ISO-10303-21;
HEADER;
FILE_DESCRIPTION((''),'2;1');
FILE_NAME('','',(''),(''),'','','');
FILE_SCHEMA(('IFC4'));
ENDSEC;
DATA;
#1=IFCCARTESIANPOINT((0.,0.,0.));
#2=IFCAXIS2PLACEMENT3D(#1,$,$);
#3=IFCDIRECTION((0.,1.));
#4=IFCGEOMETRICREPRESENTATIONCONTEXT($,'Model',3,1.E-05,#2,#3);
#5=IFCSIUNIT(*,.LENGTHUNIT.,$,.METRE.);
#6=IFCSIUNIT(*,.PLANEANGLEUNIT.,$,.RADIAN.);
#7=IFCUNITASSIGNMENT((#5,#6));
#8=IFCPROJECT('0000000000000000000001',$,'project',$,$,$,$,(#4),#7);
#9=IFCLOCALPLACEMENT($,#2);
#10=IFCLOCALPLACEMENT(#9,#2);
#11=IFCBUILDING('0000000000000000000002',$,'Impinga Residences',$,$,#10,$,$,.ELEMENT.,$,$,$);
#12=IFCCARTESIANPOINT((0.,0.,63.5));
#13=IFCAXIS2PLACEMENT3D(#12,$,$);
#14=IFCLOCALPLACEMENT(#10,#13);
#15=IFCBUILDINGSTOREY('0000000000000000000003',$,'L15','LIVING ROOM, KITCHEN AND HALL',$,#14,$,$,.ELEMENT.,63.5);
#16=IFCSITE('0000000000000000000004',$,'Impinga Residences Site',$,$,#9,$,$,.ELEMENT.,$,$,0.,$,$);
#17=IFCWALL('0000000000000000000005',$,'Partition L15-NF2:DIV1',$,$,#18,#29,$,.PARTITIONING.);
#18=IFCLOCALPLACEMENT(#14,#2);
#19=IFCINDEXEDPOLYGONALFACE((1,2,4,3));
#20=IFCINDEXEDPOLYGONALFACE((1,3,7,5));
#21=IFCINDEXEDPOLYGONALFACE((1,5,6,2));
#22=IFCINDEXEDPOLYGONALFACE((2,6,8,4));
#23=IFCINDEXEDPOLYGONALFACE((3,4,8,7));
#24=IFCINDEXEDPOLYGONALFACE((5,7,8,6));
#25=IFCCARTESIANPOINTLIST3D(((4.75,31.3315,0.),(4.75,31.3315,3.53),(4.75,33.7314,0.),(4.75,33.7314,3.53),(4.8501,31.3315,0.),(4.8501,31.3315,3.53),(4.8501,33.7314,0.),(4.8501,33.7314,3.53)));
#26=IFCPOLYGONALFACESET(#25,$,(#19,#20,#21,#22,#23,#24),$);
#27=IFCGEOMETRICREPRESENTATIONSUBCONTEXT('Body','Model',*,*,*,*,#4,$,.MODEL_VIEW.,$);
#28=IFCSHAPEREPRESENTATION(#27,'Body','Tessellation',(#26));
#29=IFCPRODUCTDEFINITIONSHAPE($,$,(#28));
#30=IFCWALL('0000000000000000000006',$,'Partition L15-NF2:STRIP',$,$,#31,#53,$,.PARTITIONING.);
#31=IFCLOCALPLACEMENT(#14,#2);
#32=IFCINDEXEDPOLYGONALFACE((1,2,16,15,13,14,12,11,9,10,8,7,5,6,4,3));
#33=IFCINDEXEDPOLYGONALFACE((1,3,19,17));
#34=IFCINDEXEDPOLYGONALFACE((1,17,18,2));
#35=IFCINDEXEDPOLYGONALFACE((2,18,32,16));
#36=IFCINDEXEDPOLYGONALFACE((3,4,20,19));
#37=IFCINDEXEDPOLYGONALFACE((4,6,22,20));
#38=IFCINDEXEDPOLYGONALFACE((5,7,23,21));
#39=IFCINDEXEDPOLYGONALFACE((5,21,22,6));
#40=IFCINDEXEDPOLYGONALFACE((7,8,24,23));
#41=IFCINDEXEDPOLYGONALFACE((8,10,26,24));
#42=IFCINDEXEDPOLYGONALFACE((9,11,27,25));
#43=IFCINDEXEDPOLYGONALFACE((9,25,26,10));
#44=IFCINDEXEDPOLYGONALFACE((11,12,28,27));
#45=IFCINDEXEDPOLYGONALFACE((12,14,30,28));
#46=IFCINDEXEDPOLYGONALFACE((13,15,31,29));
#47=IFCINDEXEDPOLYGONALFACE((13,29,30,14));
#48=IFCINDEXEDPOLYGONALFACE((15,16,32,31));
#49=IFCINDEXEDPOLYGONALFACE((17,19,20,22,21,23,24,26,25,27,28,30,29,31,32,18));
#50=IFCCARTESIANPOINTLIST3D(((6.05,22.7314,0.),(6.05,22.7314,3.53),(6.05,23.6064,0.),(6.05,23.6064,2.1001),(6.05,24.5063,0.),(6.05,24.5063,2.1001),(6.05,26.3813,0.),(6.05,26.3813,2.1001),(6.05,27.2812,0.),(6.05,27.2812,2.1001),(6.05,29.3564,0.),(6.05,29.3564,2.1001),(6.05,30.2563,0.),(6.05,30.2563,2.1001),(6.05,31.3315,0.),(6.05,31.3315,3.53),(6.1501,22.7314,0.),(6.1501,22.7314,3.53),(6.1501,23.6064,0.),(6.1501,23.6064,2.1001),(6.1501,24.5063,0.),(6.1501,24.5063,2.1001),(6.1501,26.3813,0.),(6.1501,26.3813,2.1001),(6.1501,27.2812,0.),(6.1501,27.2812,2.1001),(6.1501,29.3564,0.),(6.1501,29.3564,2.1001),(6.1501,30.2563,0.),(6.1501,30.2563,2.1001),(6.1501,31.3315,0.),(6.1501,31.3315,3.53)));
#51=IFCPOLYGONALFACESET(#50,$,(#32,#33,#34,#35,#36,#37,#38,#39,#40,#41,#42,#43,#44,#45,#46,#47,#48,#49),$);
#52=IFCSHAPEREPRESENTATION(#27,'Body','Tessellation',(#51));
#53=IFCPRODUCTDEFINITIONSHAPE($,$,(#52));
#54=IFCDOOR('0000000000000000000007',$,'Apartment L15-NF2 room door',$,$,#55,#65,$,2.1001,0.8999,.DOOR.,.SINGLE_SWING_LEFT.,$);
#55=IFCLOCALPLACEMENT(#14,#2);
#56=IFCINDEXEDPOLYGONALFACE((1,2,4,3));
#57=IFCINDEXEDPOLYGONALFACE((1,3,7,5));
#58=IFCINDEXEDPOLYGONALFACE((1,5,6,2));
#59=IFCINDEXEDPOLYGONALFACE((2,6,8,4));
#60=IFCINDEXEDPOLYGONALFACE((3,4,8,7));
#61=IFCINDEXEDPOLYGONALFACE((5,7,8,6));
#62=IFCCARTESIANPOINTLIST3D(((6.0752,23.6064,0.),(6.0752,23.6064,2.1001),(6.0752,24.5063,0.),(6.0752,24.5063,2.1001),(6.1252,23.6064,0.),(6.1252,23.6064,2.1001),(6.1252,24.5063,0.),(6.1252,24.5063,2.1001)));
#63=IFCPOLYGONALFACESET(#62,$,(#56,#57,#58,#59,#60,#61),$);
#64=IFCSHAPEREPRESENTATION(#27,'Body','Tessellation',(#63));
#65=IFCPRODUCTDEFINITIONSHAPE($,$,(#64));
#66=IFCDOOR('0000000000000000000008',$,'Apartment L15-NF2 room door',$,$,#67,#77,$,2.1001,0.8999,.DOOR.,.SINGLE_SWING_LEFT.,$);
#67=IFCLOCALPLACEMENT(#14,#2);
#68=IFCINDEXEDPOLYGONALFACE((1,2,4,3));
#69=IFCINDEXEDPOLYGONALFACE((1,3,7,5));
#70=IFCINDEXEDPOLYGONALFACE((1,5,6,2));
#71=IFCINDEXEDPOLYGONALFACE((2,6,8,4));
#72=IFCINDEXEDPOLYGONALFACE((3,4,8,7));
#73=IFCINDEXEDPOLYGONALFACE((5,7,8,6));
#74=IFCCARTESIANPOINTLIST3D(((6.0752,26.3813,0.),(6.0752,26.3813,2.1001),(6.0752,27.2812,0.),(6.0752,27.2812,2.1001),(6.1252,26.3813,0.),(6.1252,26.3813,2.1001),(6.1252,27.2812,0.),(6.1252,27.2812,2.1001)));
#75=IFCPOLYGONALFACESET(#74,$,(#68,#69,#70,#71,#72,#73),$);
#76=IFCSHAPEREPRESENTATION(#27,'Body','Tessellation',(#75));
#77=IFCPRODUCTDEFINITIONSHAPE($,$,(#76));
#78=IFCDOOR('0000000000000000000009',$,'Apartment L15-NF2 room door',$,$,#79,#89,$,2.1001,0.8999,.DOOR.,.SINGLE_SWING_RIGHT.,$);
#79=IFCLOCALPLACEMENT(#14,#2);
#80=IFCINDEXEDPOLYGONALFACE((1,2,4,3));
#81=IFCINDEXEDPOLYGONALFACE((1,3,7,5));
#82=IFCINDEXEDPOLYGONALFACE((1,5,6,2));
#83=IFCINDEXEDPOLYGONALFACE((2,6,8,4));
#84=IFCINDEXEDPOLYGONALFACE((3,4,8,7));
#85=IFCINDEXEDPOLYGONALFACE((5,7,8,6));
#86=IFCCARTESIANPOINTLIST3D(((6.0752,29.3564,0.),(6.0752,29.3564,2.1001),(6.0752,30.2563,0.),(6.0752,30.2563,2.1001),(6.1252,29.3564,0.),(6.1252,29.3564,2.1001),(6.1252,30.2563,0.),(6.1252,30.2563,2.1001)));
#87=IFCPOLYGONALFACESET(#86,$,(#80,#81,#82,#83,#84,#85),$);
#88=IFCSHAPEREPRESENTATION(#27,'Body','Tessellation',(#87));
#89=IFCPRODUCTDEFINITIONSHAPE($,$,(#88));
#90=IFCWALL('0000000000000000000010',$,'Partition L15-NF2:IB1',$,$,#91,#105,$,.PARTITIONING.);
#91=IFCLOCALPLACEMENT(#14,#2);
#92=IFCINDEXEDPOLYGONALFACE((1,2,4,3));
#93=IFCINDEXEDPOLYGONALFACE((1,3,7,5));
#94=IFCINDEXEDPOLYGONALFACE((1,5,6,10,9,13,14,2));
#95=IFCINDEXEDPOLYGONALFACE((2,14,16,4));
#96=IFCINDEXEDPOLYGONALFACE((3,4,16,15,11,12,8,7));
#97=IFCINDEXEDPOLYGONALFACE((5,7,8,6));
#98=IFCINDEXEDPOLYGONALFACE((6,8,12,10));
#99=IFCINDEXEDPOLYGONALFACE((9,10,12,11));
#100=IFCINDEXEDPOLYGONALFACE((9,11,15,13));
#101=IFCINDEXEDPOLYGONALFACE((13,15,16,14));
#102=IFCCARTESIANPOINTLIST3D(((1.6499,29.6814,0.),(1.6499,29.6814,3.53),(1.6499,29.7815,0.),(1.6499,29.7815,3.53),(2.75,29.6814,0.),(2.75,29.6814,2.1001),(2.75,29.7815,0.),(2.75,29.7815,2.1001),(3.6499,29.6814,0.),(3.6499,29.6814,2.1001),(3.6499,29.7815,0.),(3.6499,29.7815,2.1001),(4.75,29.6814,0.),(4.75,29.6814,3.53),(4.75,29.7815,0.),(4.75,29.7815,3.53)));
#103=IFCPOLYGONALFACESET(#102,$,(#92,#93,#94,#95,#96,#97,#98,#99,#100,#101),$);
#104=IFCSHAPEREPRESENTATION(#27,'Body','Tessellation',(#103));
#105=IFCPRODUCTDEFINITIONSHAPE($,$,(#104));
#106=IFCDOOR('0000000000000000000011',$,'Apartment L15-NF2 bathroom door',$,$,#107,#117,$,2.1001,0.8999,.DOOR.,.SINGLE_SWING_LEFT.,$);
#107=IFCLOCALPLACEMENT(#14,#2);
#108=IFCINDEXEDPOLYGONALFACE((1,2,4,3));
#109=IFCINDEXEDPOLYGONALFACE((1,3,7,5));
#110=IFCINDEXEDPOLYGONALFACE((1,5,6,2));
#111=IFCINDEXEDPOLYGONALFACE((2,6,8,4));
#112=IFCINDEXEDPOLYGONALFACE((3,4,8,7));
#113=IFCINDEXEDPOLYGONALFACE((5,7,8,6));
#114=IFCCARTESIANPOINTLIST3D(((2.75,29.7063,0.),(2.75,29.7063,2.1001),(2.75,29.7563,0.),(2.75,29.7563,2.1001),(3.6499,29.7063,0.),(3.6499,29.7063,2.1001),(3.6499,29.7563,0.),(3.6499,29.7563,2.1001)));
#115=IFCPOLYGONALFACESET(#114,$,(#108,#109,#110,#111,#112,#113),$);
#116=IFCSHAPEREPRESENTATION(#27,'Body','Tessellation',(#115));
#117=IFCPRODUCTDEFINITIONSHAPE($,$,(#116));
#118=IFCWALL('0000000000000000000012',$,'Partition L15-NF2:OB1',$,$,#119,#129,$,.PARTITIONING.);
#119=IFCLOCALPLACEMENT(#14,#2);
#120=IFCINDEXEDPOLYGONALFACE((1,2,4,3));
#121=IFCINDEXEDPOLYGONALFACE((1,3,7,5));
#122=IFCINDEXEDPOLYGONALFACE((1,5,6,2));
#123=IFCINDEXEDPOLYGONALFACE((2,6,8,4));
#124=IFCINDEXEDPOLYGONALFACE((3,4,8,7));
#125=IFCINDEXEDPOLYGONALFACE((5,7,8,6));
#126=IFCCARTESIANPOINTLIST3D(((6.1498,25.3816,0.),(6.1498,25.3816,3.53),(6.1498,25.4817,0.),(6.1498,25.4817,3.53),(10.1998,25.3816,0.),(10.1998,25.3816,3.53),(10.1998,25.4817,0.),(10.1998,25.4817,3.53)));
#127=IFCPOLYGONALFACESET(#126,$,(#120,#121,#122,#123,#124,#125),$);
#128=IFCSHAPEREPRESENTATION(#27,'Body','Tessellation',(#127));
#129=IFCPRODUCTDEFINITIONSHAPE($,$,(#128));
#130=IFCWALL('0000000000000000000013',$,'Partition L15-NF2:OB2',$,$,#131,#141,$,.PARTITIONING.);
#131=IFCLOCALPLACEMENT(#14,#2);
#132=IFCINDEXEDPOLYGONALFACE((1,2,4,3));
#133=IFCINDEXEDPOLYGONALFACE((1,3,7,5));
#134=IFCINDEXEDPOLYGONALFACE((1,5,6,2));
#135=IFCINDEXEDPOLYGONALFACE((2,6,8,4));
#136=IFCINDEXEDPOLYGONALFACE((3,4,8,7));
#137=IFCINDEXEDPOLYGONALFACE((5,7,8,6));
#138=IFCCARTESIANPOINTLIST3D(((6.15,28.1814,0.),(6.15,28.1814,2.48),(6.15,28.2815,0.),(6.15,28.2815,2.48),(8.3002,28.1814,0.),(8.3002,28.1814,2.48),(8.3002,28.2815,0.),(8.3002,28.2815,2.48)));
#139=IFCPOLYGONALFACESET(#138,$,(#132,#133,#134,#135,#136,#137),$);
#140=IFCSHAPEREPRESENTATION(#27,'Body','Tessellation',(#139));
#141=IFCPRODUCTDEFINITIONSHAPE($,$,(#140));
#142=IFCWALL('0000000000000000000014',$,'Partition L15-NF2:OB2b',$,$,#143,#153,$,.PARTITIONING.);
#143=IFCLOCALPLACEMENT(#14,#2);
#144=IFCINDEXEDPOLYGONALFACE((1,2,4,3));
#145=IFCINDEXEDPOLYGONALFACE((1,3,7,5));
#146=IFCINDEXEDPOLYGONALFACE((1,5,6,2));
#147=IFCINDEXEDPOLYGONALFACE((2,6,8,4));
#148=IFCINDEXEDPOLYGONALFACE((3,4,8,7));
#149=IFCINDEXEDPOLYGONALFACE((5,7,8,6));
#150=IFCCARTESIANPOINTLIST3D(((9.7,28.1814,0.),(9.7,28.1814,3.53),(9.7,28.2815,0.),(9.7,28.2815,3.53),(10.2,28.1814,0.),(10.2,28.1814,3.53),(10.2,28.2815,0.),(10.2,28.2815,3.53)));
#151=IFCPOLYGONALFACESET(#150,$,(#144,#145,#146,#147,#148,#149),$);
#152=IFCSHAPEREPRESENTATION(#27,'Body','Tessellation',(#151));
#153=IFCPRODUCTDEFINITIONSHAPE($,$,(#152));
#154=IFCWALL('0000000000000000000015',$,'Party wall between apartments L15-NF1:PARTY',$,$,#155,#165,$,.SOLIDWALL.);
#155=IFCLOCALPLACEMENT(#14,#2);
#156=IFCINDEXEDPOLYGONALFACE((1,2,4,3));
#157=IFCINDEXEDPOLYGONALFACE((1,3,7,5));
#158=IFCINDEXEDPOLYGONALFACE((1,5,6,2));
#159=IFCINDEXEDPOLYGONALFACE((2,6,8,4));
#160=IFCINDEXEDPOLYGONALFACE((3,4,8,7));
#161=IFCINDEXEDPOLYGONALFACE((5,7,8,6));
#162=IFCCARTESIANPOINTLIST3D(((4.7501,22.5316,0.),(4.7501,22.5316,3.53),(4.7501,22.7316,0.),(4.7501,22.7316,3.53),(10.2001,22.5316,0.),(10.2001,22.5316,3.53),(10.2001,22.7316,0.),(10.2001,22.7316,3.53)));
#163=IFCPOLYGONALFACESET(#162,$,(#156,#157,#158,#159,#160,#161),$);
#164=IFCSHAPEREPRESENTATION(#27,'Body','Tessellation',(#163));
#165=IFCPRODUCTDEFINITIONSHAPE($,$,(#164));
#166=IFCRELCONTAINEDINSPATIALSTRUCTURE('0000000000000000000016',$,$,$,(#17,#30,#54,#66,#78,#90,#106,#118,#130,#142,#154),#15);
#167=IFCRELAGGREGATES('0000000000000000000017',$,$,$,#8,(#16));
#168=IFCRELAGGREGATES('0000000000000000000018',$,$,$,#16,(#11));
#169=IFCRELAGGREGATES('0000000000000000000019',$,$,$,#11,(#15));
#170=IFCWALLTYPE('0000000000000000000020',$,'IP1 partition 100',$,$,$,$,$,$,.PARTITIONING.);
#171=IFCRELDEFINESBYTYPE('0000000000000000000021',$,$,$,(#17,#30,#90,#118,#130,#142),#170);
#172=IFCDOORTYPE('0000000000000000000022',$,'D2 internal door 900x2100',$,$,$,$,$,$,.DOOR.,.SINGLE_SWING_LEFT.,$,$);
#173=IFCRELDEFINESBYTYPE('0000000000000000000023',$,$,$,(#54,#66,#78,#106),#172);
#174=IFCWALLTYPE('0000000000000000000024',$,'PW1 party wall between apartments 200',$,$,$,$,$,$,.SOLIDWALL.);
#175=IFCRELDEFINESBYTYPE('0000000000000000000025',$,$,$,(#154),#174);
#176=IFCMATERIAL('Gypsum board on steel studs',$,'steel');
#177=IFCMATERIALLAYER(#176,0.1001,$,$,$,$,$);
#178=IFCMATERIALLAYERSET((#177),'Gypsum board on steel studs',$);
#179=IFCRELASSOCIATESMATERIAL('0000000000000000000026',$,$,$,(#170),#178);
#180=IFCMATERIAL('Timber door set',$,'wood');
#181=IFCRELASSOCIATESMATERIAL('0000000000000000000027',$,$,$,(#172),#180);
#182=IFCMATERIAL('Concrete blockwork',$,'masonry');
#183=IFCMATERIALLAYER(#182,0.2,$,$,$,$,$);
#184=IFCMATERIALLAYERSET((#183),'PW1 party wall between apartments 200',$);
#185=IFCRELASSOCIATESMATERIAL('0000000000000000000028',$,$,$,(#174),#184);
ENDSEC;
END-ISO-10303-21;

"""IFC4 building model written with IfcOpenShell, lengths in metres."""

from ifc_helpers import new_model, si_unit, direction, frame, frame_2d, origin, place, context, subcontext, project, spatial, rectangle, extrude, material, layer, layer_set, type_object, element, fill, save


model = new_model("IFC4")

# Units and contexts
model_context = context("Model", 3, precision=1e-05, world=origin(), true_north=direction((0.0, 1.0)))
body_context = subcontext(model_context, "Body", "Model", "MODEL_VIEW")
ifc_project = project(units=[si_unit("LENGTHUNIT", "METRE"), si_unit("PLANEANGLEUNIT", "RADIAN")], contexts=[model_context])

# Site, building, storey
site_placement = place(None, origin())
site = spatial("IfcSite", under=ifc_project, at=site_placement, Name="Impinga Residences Site", CompositionType="ELEMENT", RefElevation=0.0)
building_placement = place(site_placement, origin())
building = spatial("IfcBuilding", under=site, at=building_placement, Name="Impinga Residences", CompositionType="ELEMENT")
storey_placement = place(building_placement, frame((0.0, 0.0, 63.5)))
storey = spatial("IfcBuildingStorey", under=building, at=storey_placement, Name="L15", Description="LIVING ROOM, KITCHEN AND HALL", CompositionType="ELEMENT", Elevation=63.5)

# Shared definitions
ifc_material_1 = material(Name="Gypsum board on steel studs", Category="steel")
ifc_layer_1 = layer(ifc_material_1, 0.1001)
ifc_layer_set_1 = layer_set([ifc_layer_1], Name="Gypsum board on steel studs")
wall_type_1 = type_object("IfcWallType", Name="IP1 partition 100", PredefinedType="PARTITIONING", material=ifc_layer_set_1)

# Shared definitions
ifc_material_2 = material(Name="Timber door set", Category="wood")
door_type = type_object("IfcDoorType", Name="D2 internal door 900x2100", OperationType="SINGLE_SWING_LEFT", PredefinedType="DOOR", material=ifc_material_2)

# Wall
wall_1_placement = place(storey_placement, frame((4.8, 31.3315, 0.0), z_axis=(0.0, 0.0, 1.0), x_axis=(0.0, 1.0, 0.0)))
element("IfcWall", 1, at=wall_1_placement, inside=storey, type_object=wall_type_1, Name="Partition L15-NF2:DIV1", PredefinedType="PARTITIONING", context=body_context, shape_type="SweptSolid", body=[
    extrude(rectangle(XDim=2.3999, YDim=0.1001, at=frame_2d((1.2, 0.0))), origin(), (0.0, 0.0, 1.0), 3.53),
])

# Wall, openings, doors
wall_2_placement = place(storey_placement, frame((6.1001, 22.7314, 0.0), z_axis=(0.0, 0.0, 1.0), x_axis=(0.0, 1.0, 0.0)))
wall_2 = element("IfcWall", 2, at=wall_2_placement, inside=storey, type_object=wall_type_1, Name="Partition L15-NF2:STRIP", PredefinedType="PARTITIONING", context=body_context, shape_type="SweptSolid", body=[
    extrude(rectangle(XDim=8.6001, YDim=0.1001, at=frame_2d((4.3, 0.0))), origin(), (0.0, 0.0, 1.0), 3.53),
])
opening_1_placement = place(wall_2_placement, frame((0.875, 0.0, 0.0)))
opening_1 = element("IfcOpeningElement", 3, at=opening_1_placement, cuts=wall_2, PredefinedType="OPENING", context=body_context, shape_type="SweptSolid", body=[
    extrude(rectangle(XDim=0.8999, YDim=2.1001, at=frame_2d((0.45, 1.05))), frame((0.0, 0.0601, 0.0), z_axis=(0.0, -1.0, 0.0), x_axis=(1.0, 0.0, 0.0)), (0.0, 0.0, 1.0), 0.1201),
])
opening_2_placement = place(wall_2_placement, frame((3.6499, 0.0, 0.0)))
opening_2 = element("IfcOpeningElement", 4, at=opening_2_placement, cuts=wall_2, PredefinedType="OPENING", context=body_context, shape_type="SweptSolid", body=[
    extrude(rectangle(XDim=0.8999, YDim=2.1001, at=frame_2d((0.45, 1.05))), frame((0.0, 0.0601, 0.0), z_axis=(0.0, -1.0, 0.0), x_axis=(1.0, 0.0, 0.0)), (0.0, 0.0, 1.0), 0.1201),
])
opening_3_placement = place(wall_2_placement, frame((6.625, 0.0, 0.0)))
opening_3 = element("IfcOpeningElement", 5, at=opening_3_placement, cuts=wall_2, PredefinedType="OPENING", context=body_context, shape_type="SweptSolid", body=[
    extrude(rectangle(XDim=0.8999, YDim=2.1001, at=frame_2d((0.45, 1.05))), frame((0.0, 0.0601, 0.0), z_axis=(0.0, -1.0, 0.0), x_axis=(1.0, 0.0, 0.0)), (0.0, 0.0, 1.0), 0.1201),
])
door_1_placement = place(opening_1_placement, origin())
door_1 = element("IfcDoor", 6, at=door_1_placement, inside=storey, type_object=door_type, Name="Apartment L15-NF2 room door", OperationType="SINGLE_SWING_LEFT", OverallHeight=2.1001, OverallWidth=0.8999, PredefinedType="DOOR", context=body_context, shape_type="SweptSolid", body=[
    extrude(rectangle(XDim=0.8999, YDim=2.1001, at=frame_2d((0.45, 1.05))), frame((0.0, 0.0249, 0.0), z_axis=(0.0, -1.0, 0.0), x_axis=(1.0, 0.0, 0.0)), (0.0, 0.0, 1.0), 0.05),
])
fill(opening_1, door_1)
door_2_placement = place(opening_2_placement, origin())
door_2 = element("IfcDoor", 7, at=door_2_placement, inside=storey, type_object=door_type, Name="Apartment L15-NF2 room door", OperationType="SINGLE_SWING_LEFT", OverallHeight=2.1001, OverallWidth=0.8999, PredefinedType="DOOR", context=body_context, shape_type="SweptSolid", body=[
    extrude(rectangle(XDim=0.8999, YDim=2.1001, at=frame_2d((0.45, 1.05))), frame((0.0, 0.0249, 0.0), z_axis=(0.0, -1.0, 0.0), x_axis=(1.0, 0.0, 0.0)), (0.0, 0.0, 1.0), 0.05),
])
fill(opening_2, door_2)
door_3_placement = place(opening_3_placement, origin())
door_3 = element("IfcDoor", 8, at=door_3_placement, inside=storey, type_object=door_type, Name="Apartment L15-NF2 room door", OperationType="SINGLE_SWING_RIGHT", OverallHeight=2.1001, OverallWidth=0.8999, PredefinedType="DOOR", context=body_context, shape_type="SweptSolid", body=[
    extrude(rectangle(XDim=0.8999, YDim=2.1001, at=frame_2d((0.45, 1.05))), frame((0.0, 0.0249, 0.0), z_axis=(0.0, -1.0, 0.0), x_axis=(1.0, 0.0, 0.0)), (0.0, 0.0, 1.0), 0.05),
])
fill(opening_3, door_3)

# Wall, opening, door
wall_3_placement = place(storey_placement, frame((1.6499, 29.7314, 0.0), z_axis=(0.0, 0.0, 1.0), x_axis=(1.0, 0.0, 0.0)))
wall_3 = element("IfcWall", 9, at=wall_3_placement, inside=storey, type_object=wall_type_1, Name="Partition L15-NF2:IB1", PredefinedType="PARTITIONING", context=body_context, shape_type="SweptSolid", body=[
    extrude(rectangle(XDim=3.1001, YDim=0.1001, at=frame_2d((1.55, 0.0))), origin(), (0.0, 0.0, 1.0), 3.53),
])
opening_4_placement = place(wall_3_placement, frame((1.1001, 0.0, 0.0)))
opening_4 = element("IfcOpeningElement", 10, at=opening_4_placement, cuts=wall_3, PredefinedType="OPENING", context=body_context, shape_type="SweptSolid", body=[
    extrude(rectangle(XDim=0.8999, YDim=2.1001, at=frame_2d((0.45, 1.05))), frame((0.0, 0.0601, 0.0), z_axis=(0.0, -1.0, 0.0), x_axis=(1.0, 0.0, 0.0)), (0.0, 0.0, 1.0), 0.1201),
])
door_4_placement = place(opening_4_placement, origin())
door_4 = element("IfcDoor", 11, at=door_4_placement, inside=storey, type_object=door_type, Name="Apartment L15-NF2 bathroom door", OperationType="SINGLE_SWING_LEFT", OverallHeight=2.1001, OverallWidth=0.8999, PredefinedType="DOOR", context=body_context, shape_type="SweptSolid", body=[
    extrude(rectangle(XDim=0.8999, YDim=2.1001, at=frame_2d((0.45, 1.05))), frame((0.0, 0.0249, 0.0), z_axis=(0.0, -1.0, 0.0), x_axis=(1.0, 0.0, 0.0)), (0.0, 0.0, 1.0), 0.05),
])
fill(opening_4, door_4)

# Walls
wall_4_placement = place(storey_placement, frame((6.1499, 25.4316, 0.0), z_axis=(0.0, 0.0, 1.0), x_axis=(1.0, 0.0, 0.0)))
element("IfcWall", 12, at=wall_4_placement, inside=storey, type_object=wall_type_1, Name="Partition L15-NF2:OB1", PredefinedType="PARTITIONING", context=body_context, shape_type="SweptSolid", body=[
    extrude(rectangle(XDim=4.05, YDim=0.1001, at=frame_2d((2.0249, 0.0))), origin(), (0.0, 0.0, 1.0), 3.53),
])
wall_5_placement = place(storey_placement, frame((6.1499, 28.2314, 0.0), z_axis=(0.0, 0.0, 1.0), x_axis=(1.0, 0.0, 0.0)))
element("IfcWall", 13, at=wall_5_placement, inside=storey, type_object=wall_type_1, Name="Partition L15-NF2:OB2", PredefinedType="PARTITIONING", context=body_context, shape_type="SweptSolid", body=[
    extrude(rectangle(XDim=2.1501, YDim=0.1001, at=frame_2d((1.0752, 0.0))), origin(), (0.0, 0.0, 1.0), 2.48),
])
wall_6_placement = place(storey_placement, frame((9.7, 28.2314, 0.0), z_axis=(0.0, 0.0, 1.0), x_axis=(1.0, 0.0, 0.0)))
element("IfcWall", 14, at=wall_6_placement, inside=storey, type_object=wall_type_1, Name="Partition L15-NF2:OB2b", PredefinedType="PARTITIONING", context=body_context, shape_type="SweptSolid", body=[
    extrude(rectangle(XDim=0.5, YDim=0.1001, at=frame_2d((0.25, 0.0))), origin(), (0.0, 0.0, 1.0), 3.53),
])
ifc_material_3 = material(Name="Concrete blockwork", Category="masonry")
ifc_layer_2 = layer(ifc_material_3, 0.2)
ifc_layer_set_2 = layer_set([ifc_layer_2], Name="PW1 party wall between apartments 200")
wall_type_2 = type_object("IfcWallType", Name="PW1 party wall between apartments 200", PredefinedType="SOLIDWALL", material=ifc_layer_set_2)
wall_7_placement = place(storey_placement, frame((4.75, 22.6316, 0.0), z_axis=(0.0, 0.0, 1.0), x_axis=(1.0, 0.0, 0.0)))
element("IfcWall", 15, at=wall_7_placement, inside=storey, type_object=wall_type_2, Name="Party wall between apartments L15-NF1:PARTY", PredefinedType="SOLIDWALL", context=body_context, shape_type="SweptSolid", body=[
    extrude(rectangle(XDim=5.45, YDim=0.2, at=frame_2d((2.7251, 0.0))), origin(), (0.0, 0.0, 1.0), 3.53),
])

save(model, "model.ifc")
